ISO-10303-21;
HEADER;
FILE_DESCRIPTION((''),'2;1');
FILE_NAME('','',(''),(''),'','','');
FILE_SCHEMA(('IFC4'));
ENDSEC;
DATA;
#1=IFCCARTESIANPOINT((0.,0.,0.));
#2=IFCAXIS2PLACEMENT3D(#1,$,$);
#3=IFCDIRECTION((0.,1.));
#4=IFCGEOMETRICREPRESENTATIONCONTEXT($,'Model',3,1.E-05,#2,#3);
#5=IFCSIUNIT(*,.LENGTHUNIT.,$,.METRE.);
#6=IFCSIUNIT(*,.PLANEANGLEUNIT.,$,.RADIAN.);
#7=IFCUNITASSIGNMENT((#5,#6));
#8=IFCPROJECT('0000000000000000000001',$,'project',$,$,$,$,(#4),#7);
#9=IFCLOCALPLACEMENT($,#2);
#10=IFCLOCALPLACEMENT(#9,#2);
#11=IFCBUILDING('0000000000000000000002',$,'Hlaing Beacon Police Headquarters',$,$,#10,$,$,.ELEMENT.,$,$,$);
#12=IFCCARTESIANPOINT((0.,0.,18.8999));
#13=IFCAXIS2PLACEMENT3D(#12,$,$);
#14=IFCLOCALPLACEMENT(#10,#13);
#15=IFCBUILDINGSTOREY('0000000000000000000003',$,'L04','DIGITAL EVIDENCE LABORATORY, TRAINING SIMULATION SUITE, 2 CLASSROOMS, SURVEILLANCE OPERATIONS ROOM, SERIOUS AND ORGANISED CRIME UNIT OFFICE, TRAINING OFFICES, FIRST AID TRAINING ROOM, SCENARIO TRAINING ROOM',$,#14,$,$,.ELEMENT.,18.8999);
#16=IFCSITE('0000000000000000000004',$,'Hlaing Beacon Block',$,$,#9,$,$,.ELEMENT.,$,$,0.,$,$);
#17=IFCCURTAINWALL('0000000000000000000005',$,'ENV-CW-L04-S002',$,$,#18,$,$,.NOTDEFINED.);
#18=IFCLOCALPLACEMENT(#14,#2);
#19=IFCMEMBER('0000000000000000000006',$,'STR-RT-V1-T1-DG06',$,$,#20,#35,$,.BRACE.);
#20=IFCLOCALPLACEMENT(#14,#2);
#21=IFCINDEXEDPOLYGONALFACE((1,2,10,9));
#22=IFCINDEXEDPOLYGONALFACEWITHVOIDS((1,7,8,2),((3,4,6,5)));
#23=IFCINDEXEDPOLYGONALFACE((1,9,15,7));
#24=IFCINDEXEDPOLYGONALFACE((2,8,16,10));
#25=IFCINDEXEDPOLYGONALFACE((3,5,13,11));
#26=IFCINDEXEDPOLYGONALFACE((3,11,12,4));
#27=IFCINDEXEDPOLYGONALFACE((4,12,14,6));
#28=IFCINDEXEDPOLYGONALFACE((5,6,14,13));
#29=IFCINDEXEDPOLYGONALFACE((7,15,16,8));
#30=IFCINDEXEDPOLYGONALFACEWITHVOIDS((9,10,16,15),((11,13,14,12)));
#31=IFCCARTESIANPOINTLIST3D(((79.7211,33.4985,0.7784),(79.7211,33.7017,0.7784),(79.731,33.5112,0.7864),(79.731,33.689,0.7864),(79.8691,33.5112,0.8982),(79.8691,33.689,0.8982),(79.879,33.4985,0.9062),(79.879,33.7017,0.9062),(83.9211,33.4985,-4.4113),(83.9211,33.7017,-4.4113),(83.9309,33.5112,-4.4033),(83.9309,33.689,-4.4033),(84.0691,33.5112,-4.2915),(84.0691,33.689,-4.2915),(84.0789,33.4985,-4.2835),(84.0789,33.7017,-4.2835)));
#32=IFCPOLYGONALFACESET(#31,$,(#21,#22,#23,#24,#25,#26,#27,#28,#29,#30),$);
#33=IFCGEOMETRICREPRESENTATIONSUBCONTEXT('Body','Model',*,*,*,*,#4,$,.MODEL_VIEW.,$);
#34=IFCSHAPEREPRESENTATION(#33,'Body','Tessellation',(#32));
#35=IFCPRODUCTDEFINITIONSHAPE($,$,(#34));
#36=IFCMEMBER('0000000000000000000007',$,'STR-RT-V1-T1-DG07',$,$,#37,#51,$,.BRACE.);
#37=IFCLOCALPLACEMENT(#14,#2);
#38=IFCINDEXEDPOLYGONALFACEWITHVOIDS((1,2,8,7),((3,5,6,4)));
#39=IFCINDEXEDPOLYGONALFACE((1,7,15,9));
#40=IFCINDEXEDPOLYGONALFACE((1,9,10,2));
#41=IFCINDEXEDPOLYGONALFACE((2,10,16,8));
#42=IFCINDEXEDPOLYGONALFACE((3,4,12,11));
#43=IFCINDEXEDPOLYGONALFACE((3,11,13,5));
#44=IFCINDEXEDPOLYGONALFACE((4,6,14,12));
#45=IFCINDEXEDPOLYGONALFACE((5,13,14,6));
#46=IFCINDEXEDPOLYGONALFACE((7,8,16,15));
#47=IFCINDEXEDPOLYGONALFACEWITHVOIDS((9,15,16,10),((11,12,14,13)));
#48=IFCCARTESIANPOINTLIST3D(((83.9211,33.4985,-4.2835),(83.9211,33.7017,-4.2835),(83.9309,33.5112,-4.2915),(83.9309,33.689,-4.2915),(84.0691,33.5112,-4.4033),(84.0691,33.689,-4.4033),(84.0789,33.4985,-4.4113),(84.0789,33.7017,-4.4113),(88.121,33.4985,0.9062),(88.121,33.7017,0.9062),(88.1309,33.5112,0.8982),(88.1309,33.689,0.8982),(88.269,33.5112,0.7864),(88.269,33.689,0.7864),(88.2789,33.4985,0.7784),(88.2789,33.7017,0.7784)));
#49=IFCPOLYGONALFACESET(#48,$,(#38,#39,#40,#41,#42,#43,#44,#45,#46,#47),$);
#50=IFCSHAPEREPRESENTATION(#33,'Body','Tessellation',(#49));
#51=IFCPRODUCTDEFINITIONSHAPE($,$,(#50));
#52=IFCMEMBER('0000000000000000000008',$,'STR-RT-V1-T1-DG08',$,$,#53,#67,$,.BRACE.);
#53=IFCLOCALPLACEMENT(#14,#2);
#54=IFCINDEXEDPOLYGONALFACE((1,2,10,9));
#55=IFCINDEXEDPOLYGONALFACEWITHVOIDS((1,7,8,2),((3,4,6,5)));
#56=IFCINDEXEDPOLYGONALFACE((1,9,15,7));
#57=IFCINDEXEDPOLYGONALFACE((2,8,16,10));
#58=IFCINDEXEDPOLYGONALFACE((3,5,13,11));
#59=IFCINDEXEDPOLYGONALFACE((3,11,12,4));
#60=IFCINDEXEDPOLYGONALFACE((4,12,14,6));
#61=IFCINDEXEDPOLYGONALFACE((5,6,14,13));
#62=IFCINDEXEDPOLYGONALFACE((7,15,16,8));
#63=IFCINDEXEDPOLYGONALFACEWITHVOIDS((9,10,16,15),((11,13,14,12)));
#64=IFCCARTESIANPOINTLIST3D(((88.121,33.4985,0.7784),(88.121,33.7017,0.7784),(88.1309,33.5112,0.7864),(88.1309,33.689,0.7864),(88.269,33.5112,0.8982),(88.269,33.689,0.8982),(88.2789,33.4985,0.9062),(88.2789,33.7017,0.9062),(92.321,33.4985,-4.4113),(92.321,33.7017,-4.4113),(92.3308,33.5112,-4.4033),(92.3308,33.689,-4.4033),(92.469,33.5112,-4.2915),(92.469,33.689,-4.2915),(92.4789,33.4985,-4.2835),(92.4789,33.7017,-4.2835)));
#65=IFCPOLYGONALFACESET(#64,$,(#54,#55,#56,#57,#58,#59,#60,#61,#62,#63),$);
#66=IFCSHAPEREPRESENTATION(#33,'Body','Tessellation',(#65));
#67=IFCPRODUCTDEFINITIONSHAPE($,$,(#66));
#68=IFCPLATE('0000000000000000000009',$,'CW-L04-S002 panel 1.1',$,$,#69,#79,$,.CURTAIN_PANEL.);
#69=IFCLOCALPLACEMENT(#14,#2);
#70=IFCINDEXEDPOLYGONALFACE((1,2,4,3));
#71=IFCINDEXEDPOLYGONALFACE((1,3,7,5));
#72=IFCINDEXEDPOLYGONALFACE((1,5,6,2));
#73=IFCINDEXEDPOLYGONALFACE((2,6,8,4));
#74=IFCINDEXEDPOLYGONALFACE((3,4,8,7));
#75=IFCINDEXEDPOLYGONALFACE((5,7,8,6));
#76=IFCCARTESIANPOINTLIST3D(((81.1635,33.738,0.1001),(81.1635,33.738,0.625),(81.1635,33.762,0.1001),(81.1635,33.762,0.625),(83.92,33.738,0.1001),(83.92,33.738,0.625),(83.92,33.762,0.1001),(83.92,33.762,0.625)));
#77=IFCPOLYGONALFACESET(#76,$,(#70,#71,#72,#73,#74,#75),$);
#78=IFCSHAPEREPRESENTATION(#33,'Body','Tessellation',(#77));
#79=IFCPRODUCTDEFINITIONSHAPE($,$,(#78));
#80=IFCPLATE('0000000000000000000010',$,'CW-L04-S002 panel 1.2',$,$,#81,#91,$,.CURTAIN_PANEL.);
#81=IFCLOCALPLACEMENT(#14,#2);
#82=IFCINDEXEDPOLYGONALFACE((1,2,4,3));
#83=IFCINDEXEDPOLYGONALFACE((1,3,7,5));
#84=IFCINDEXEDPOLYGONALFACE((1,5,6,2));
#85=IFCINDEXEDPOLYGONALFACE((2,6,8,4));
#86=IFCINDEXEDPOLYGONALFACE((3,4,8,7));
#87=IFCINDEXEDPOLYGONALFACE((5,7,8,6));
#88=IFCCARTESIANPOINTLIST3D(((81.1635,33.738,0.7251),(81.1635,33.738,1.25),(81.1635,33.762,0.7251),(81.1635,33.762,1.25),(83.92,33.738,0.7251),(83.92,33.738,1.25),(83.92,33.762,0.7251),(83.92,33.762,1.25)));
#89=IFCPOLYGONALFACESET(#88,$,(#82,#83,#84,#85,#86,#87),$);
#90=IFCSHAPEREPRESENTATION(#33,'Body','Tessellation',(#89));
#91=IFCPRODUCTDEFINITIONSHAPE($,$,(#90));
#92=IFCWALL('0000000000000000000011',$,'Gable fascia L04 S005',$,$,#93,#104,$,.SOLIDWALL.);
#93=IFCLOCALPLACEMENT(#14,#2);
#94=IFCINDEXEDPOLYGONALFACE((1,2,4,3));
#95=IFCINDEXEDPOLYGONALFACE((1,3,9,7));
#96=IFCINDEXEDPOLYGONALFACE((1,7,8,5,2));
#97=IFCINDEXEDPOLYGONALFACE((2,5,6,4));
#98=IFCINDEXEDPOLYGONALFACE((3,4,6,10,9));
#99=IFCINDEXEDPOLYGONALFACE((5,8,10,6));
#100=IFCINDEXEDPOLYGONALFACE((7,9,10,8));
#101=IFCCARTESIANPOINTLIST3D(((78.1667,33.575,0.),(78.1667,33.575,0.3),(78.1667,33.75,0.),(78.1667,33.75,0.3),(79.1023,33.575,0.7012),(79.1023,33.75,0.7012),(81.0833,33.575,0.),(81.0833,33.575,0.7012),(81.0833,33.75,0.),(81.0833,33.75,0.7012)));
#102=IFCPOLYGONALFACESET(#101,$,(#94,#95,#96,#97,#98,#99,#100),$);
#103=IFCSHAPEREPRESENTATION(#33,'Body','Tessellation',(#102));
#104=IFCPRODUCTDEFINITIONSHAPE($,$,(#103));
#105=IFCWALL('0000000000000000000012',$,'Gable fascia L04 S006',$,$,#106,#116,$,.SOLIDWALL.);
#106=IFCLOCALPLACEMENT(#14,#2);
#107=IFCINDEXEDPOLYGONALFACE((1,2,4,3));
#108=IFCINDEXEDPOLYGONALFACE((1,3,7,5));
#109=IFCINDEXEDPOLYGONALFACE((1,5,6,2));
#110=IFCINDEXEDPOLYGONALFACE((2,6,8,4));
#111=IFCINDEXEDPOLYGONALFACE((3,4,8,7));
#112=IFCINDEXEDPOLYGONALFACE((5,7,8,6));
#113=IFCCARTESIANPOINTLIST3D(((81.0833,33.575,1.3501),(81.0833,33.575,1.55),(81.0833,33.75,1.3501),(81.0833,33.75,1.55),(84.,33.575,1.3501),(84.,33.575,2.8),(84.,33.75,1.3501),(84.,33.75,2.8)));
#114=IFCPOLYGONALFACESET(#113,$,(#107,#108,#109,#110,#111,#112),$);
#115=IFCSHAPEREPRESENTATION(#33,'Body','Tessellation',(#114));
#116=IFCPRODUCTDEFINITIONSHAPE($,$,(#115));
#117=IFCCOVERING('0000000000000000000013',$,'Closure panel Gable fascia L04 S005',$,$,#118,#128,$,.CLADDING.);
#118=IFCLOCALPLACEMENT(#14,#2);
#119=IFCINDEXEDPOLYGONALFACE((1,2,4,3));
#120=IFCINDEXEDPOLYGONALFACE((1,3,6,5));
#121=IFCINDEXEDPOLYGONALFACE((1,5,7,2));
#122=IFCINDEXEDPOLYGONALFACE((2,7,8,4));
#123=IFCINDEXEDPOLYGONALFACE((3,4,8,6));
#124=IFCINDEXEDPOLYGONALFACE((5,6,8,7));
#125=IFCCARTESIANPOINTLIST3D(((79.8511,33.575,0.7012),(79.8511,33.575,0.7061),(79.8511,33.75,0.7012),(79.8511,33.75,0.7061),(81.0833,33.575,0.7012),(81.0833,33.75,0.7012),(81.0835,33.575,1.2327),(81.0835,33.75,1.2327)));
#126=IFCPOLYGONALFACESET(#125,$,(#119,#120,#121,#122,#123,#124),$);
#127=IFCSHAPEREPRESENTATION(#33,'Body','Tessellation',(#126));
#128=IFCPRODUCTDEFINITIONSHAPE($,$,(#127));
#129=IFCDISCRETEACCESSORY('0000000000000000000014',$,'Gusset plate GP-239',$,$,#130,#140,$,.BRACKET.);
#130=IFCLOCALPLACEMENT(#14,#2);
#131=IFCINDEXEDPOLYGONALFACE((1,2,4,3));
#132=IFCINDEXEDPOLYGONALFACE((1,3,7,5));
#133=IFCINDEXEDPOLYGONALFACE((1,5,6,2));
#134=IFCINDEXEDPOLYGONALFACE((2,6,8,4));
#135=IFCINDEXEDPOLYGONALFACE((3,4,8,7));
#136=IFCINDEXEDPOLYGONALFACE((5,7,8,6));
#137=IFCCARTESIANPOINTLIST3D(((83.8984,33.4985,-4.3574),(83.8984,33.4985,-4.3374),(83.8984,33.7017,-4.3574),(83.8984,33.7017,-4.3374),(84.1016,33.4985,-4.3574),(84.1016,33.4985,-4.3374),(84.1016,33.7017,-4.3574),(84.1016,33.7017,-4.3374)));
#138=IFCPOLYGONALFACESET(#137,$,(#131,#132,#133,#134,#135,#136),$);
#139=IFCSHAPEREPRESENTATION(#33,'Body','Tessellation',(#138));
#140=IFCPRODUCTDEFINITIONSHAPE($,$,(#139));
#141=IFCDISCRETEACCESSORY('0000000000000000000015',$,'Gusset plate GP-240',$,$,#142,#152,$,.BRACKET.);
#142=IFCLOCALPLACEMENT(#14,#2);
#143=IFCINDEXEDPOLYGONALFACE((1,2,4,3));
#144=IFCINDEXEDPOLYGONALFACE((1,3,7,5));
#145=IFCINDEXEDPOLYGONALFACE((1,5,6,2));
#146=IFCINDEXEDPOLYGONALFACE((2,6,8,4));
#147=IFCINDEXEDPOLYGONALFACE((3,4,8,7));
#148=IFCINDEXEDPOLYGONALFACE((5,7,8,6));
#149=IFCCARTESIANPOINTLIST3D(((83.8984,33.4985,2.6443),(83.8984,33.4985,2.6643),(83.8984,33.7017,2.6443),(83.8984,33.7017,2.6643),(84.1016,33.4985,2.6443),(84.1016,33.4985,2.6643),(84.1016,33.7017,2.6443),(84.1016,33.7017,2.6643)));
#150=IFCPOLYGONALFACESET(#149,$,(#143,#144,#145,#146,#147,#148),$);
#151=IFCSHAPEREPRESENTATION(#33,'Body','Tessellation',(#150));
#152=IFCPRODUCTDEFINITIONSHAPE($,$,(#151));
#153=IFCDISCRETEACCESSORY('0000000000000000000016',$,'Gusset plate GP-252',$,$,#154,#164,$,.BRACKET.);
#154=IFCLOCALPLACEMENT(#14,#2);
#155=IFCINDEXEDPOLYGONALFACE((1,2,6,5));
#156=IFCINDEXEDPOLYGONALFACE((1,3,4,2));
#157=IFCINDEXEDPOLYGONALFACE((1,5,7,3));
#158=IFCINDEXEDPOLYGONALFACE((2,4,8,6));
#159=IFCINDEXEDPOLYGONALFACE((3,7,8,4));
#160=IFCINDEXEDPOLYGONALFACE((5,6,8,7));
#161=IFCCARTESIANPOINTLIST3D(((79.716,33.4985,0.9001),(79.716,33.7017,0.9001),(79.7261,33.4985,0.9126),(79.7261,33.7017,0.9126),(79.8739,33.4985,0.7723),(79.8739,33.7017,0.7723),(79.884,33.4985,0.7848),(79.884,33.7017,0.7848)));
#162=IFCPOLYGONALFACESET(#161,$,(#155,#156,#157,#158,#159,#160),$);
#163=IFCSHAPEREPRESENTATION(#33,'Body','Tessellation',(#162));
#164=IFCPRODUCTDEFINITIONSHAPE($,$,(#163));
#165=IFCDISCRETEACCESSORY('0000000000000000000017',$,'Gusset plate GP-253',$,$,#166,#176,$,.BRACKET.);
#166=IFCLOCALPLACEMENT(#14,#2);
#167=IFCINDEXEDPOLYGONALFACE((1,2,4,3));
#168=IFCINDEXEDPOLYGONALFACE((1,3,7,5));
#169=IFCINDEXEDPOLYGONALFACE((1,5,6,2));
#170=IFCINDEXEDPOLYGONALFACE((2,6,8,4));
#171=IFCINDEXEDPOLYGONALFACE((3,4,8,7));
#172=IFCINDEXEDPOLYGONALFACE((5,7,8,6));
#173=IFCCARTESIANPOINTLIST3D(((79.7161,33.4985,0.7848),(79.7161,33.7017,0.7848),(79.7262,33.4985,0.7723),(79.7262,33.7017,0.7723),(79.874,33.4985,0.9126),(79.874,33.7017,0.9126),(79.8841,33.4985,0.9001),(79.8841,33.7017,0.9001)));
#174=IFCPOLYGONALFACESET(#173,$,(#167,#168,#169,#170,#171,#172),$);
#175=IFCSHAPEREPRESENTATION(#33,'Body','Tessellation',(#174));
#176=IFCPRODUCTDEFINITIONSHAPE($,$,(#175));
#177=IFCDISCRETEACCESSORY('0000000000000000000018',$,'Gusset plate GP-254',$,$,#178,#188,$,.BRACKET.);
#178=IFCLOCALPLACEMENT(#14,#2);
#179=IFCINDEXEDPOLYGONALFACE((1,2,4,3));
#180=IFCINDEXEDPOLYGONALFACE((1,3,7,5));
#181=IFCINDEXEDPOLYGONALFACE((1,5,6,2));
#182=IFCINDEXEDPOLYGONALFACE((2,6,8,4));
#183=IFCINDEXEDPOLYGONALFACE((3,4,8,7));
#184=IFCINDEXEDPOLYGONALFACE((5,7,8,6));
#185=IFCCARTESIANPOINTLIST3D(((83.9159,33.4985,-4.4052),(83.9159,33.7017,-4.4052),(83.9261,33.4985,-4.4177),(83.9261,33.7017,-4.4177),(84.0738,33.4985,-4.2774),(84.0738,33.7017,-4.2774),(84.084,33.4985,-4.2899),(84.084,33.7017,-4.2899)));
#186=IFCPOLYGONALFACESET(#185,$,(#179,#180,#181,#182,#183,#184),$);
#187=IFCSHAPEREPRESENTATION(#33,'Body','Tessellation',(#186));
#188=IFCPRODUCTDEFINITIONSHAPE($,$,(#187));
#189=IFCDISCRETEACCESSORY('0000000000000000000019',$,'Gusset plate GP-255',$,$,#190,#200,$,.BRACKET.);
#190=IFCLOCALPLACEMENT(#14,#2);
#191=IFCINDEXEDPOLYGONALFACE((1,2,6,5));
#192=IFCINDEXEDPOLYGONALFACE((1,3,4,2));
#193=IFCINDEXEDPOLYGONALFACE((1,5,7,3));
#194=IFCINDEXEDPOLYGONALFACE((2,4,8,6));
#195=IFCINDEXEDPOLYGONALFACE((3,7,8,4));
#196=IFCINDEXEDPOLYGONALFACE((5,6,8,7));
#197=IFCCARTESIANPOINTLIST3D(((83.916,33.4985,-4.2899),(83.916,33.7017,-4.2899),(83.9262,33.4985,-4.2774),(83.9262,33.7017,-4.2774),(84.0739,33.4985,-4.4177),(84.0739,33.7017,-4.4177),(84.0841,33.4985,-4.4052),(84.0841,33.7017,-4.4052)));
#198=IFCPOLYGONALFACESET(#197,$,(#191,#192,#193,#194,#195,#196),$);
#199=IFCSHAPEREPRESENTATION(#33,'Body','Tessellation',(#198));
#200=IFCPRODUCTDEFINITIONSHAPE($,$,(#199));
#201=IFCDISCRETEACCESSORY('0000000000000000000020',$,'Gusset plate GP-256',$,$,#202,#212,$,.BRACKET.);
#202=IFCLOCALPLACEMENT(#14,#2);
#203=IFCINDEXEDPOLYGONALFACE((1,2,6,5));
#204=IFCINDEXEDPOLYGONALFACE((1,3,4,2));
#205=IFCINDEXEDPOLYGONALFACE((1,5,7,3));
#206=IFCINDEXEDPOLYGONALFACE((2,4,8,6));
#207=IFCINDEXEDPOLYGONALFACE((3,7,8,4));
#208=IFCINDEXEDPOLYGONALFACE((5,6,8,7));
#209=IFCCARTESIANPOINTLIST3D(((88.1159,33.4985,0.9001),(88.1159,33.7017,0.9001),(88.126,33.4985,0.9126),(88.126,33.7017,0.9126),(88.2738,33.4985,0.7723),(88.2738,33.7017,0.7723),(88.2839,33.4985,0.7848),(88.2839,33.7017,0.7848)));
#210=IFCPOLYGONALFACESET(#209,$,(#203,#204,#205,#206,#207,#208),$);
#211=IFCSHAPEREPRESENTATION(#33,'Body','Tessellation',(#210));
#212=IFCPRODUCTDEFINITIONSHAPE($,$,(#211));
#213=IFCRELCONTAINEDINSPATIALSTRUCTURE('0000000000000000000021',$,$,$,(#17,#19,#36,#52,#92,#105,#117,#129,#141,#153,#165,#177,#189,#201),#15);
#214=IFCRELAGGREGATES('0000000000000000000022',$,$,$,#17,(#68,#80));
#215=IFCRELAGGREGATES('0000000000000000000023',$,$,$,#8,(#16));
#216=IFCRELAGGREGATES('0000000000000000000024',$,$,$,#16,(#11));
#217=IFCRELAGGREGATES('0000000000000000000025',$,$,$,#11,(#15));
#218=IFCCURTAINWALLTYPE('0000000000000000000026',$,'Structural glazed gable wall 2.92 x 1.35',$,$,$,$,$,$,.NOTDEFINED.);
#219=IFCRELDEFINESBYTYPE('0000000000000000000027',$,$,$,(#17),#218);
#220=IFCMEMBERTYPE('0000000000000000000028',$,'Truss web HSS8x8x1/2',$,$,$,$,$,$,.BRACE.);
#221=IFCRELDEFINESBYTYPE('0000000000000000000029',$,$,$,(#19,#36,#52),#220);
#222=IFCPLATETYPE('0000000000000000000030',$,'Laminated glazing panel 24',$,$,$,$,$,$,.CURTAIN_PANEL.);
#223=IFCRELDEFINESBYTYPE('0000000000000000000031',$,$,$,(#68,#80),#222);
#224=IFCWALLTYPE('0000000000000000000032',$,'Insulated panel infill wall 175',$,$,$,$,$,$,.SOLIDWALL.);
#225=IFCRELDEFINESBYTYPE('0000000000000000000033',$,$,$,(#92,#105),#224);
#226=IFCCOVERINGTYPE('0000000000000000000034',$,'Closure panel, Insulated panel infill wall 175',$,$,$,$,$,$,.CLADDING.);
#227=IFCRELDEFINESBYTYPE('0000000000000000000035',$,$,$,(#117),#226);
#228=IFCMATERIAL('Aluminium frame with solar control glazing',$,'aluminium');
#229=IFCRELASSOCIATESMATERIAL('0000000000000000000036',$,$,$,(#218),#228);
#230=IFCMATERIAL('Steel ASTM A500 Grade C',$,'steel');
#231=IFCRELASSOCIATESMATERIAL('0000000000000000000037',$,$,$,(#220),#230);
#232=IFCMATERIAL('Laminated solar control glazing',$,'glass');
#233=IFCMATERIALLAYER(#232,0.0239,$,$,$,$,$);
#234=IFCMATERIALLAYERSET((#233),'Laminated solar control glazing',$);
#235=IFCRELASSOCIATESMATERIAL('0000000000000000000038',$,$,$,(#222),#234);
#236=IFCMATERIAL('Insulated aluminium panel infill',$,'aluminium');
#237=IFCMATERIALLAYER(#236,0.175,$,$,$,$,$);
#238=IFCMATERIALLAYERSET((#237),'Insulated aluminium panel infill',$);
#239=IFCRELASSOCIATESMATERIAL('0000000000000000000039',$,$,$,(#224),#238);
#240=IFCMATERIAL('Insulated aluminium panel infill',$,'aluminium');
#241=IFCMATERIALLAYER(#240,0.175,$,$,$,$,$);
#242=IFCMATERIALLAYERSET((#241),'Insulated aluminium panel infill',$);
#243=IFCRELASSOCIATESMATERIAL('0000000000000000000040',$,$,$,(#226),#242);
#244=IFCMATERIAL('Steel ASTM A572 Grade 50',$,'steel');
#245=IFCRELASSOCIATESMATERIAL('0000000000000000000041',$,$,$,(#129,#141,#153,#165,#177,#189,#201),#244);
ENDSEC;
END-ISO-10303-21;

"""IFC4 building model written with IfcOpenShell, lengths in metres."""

from ifc_helpers import new_model, si_unit, direction, frame, origin, origin_2d, place, context, subcontext, project, spatial, polyline, rectangle, hollow_rectangle, outline, extrude, material, layer, layer_set, material_profile, profile_set, type_object, element, aggregate, save


model = new_model("IFC4")

# Units and contexts
model_context = context("Model", 3, precision=1e-05, world=origin(), true_north=direction((0.0, 1.0)))
body_context = subcontext(model_context, "Body", "Model", "MODEL_VIEW")
ifc_project = project(units=[si_unit("LENGTHUNIT", "METRE"), si_unit("PLANEANGLEUNIT", "RADIAN")], contexts=[model_context])

# Site, building, storey
site_placement = place(None, origin())
site = spatial("IfcSite", under=ifc_project, at=site_placement, Name="Hlaing Beacon Block", CompositionType="ELEMENT", RefElevation=0.0)
building_placement = place(site_placement, origin())
building = spatial("IfcBuilding", under=site, at=building_placement, Name="Hlaing Beacon Police Headquarters", CompositionType="ELEMENT")
storey_placement = place(building_placement, frame((0.0, 0.0, 18.8999)))
storey = spatial("IfcBuildingStorey", under=building, at=storey_placement, Name="L04", Description="DIGITAL EVIDENCE LABORATORY, TRAINING SIMULATION SUITE, 2 CLASSROOMS, SURVEILLANCE OPERATIONS ROOM, SERIOUS AND ORGANISED CRIME UNIT OFFICE, TRAINING OFFICES, FIRST AID TRAINING ROOM, SCENARIO TRAINING ROOM", CompositionType="ELEMENT", Elevation=18.8999)

# Curtain wall
ifc_material_1 = material(Name="Aluminium frame with solar control glazing", Category="aluminium")
curtain_wall_type = type_object("IfcCurtainWallType", Name="Structural glazed gable wall 2.92 x 1.35", PredefinedType="NOTDEFINED", material=ifc_material_1)
curtain_wall_placement = place(storey_placement, origin())
curtain_wall = element("IfcCurtainWall", 1, at=curtain_wall_placement, inside=storey, type_object=curtain_wall_type, Name="ENV-CW-L04-S002", PredefinedType="NOTDEFINED")

# Members
ifc_material_2 = material(Name="Steel ASTM A500 Grade C", Category="steel")
ifc_material_profile_1 = material_profile(ifc_material_2, hollow_rectangle(XDim=0.2031, YDim=0.2031, WallThickness=0.0127, at=origin_2d()), Name="HSS8x8x1/2")
ifc_profile_set_1 = profile_set([ifc_material_profile_1], Name="Steel ASTM A500 Grade C")
member_type_1 = type_object("IfcMemberType", Name="Truss web HSS8x8x1/2", PredefinedType="BRACE", material=ifc_profile_set_1)
for number, where, z_axis, x_axis, name in (
    (2, (79.8, 33.6001, 0.8423), (0.629087, 0.0, -0.777335), (0.0, 1.0, 0.0), "STR-RT-V1-T1-DG06"),
    (3, (84.0, 33.6001, -4.3474), (0.629087, 0.0, 0.777335), (0.0, 1.0, 0.0), "STR-RT-V1-T1-DG07"),
    (4, (88.2, 33.6001, 0.8423), (0.629087, 0.0, -0.777335), (0.0, 1.0, 0.0), "STR-RT-V1-T1-DG08"),
):
    element("IfcMember", number, at=place(storey_placement, frame(where, z_axis=z_axis, x_axis=x_axis)), inside=storey, type_object=member_type_1, Name=name, PredefinedType="BRACE", context=body_context, shape_type="SweptSolid", body=[
        extrude(hollow_rectangle(XDim=0.2031, YDim=0.2031, WallThickness=0.0127, at=origin_2d()), origin(), (0.0, 0.0, 1.0), 6.6763),
    ])

# Plates
ifc_material_3 = material(Name="Laminated solar control glazing", Category="glass")
ifc_layer_1 = layer(ifc_material_3, 0.0239)
ifc_layer_set_1 = layer_set([ifc_layer_1], Name="Laminated solar control glazing")
plate_type = type_object("IfcPlateType", Name="Laminated glazing panel 24", PredefinedType="CURTAIN_PANEL", material=ifc_layer_set_1)
plate_1_placement = place(storey_placement, frame((82.5417, 33.75, 0.1001), z_axis=(0.0, 0.0, 1.0), x_axis=(1.0, 0.0, 0.0)))
plate_1 = element("IfcPlate", 5, at=plate_1_placement, type_object=plate_type, Name="CW-L04-S002 panel 1.1", PredefinedType="CURTAIN_PANEL", context=body_context, shape_type="SweptSolid", body=[
    extrude(rectangle(XDim=2.7566, YDim=0.0239, at=origin_2d()), origin(), (0.0, 0.0, 1.0), 0.5249),
])
plate_2_placement = place(storey_placement, frame((82.5417, 33.75, 0.7251), z_axis=(0.0, 0.0, 1.0), x_axis=(1.0, 0.0, 0.0)))
plate_2 = element("IfcPlate", 6, at=plate_2_placement, type_object=plate_type, Name="CW-L04-S002 panel 1.2", PredefinedType="CURTAIN_PANEL", context=body_context, shape_type="SweptSolid", body=[
    extrude(rectangle(XDim=2.7566, YDim=0.0239, at=origin_2d()), origin(), (0.0, 0.0, 1.0), 0.5249),
])
aggregate(curtain_wall, [plate_1, plate_2])

# Walls
ifc_material_4 = material(Name="Insulated aluminium panel infill", Category="aluminium")
ifc_layer_2 = layer(ifc_material_4, 0.175)
ifc_layer_set_2 = layer_set([ifc_layer_2], Name="Insulated aluminium panel infill")
wall_type = type_object("IfcWallType", Name="Insulated panel infill wall 175", PredefinedType="SOLIDWALL", material=ifc_layer_set_2)
wall_1_placement = place(storey_placement, frame((78.1667, 33.6626, 0.0), z_axis=(0.0, 0.0, 1.0), x_axis=(1.0, 0.0, 0.0)))
element("IfcWall", 7, at=wall_1_placement, inside=storey, type_object=wall_type, Name="Gable fascia L04 S005", PredefinedType="SOLIDWALL", context=body_context, shape_type="SweptSolid", body=[
    extrude(outline(polyline([(0.0, 0.0), (2.9165, 0.0), (2.9165, 0.7012), (0.9355, 0.7012), (0.0, 0.3), (0.0, 0.0)])), frame((0.0, 0.0874, 0.0), z_axis=(0.0, -1.0, 0.0), x_axis=(1.0, 0.0, 0.0)), (0.0, 0.0, 1.0), 0.175),
])
wall_2_placement = place(storey_placement, frame((81.0833, 33.6626, 1.3501), z_axis=(0.0, 0.0, 1.0), x_axis=(1.0, 0.0, 0.0)))
element("IfcWall", 8, at=wall_2_placement, inside=storey, type_object=wall_type, Name="Gable fascia L04 S006", PredefinedType="SOLIDWALL", context=body_context, shape_type="SweptSolid", body=[
    extrude(outline(polyline([(0.0, 0.0), (2.9167, 0.0), (2.9167, 1.45), (0.0, 0.2), (0.0, 0.0)])), frame((0.0, 0.0874, 0.0), z_axis=(0.0, -1.0, 0.0), x_axis=(1.0, 0.0, 0.0)), (0.0, 0.0, 1.0), 0.175),
])

# Covering
ifc_material_5 = material(Name="Insulated aluminium panel infill", Category="aluminium")
ifc_layer_3 = layer(ifc_material_5, 0.175)
ifc_layer_set_3 = layer_set([ifc_layer_3], Name="Insulated aluminium panel infill")
covering_type = type_object("IfcCoveringType", Name="Closure panel, Insulated panel infill wall 175", PredefinedType="CLADDING", material=ifc_layer_set_3)
covering_placement = place(storey_placement, frame((79.8511, 33.6626, 0.7012), z_axis=(0.0, 0.0, 1.0), x_axis=(1.0, 0.0, 0.0)))
element("IfcCovering", 9, at=covering_placement, inside=storey, type_object=covering_type, Name="Closure panel Gable fascia L04 S005", PredefinedType="CLADDING", context=body_context, shape_type="SweptSolid", body=[
    extrude(outline(polyline([(0.0, 0.0), (1.2322, 0.0), (1.2324, 0.5315), (0.0, 0.0049), (0.0, 0.0)])), frame((0.0, 0.0874, 0.0), z_axis=(0.0, -1.0, 0.0), x_axis=(1.0, 0.0, 0.0)), (0.0, 0.0, 1.0), 0.175),
])

# Discrete accessories
ifc_material_6 = material(Name="Steel ASTM A572 Grade 50", Category="steel")
for number, where, z_axis, x_axis, name in (
    (10, (84.0, 33.6001, -4.3374), (0.0, 0.0, -1.0), (1.0, 0.0, 0.0), "Gusset plate GP-239"),
    (11, (84.0, 33.6001, 2.6443), (0.0, 0.0, 1.0), (1.0, 0.0, 0.0), "Gusset plate GP-240"),
):
    element("IfcDiscreteAccessory", number, at=place(storey_placement, frame(where, z_axis=z_axis, x_axis=x_axis)), inside=storey, material=ifc_material_6, Name=name, PredefinedType="BRACKET", context=body_context, shape_type="SweptSolid", body=[
        extrude(rectangle(XDim=0.2031, YDim=0.2031, at=origin_2d()), origin(), (0.0, 0.0, 1.0), 0.02),
    ])
for number, where, z_axis, x_axis, name in (
    (12, (79.7949, 33.6001, 0.8362), (0.629087, 0.0, 0.777335), (0.0, 1.0, 0.0), "Gusset plate GP-252"),
    (13, (79.8052, 33.6001, 0.8362), (-0.629087, 0.0, 0.777335), (0.0, -1.0, 0.0), "Gusset plate GP-253"),
    (14, (83.9949, 33.6001, -4.3413), (0.629087, 0.0, -0.777335), (0.0, 1.0, 0.0), "Gusset plate GP-254"),
    (15, (84.0051, 33.6001, -4.3413), (-0.629087, 0.0, -0.777335), (0.0, -1.0, 0.0), "Gusset plate GP-255"),
    (16, (88.1948, 33.6001, 0.8362), (0.629087, 0.0, 0.777335), (0.0, 1.0, 0.0), "Gusset plate GP-256"),
):
    element("IfcDiscreteAccessory", number, at=place(storey_placement, frame(where, z_axis=z_axis, x_axis=x_axis)), inside=storey, material=ifc_material_6, Name=name, PredefinedType="BRACKET", context=body_context, shape_type="SweptSolid", body=[
        extrude(rectangle(XDim=0.2031, YDim=0.2031, at=origin_2d()), origin(), (0.0, 0.0, 1.0), 0.0161),
    ])

save(model, "model.ifc")
